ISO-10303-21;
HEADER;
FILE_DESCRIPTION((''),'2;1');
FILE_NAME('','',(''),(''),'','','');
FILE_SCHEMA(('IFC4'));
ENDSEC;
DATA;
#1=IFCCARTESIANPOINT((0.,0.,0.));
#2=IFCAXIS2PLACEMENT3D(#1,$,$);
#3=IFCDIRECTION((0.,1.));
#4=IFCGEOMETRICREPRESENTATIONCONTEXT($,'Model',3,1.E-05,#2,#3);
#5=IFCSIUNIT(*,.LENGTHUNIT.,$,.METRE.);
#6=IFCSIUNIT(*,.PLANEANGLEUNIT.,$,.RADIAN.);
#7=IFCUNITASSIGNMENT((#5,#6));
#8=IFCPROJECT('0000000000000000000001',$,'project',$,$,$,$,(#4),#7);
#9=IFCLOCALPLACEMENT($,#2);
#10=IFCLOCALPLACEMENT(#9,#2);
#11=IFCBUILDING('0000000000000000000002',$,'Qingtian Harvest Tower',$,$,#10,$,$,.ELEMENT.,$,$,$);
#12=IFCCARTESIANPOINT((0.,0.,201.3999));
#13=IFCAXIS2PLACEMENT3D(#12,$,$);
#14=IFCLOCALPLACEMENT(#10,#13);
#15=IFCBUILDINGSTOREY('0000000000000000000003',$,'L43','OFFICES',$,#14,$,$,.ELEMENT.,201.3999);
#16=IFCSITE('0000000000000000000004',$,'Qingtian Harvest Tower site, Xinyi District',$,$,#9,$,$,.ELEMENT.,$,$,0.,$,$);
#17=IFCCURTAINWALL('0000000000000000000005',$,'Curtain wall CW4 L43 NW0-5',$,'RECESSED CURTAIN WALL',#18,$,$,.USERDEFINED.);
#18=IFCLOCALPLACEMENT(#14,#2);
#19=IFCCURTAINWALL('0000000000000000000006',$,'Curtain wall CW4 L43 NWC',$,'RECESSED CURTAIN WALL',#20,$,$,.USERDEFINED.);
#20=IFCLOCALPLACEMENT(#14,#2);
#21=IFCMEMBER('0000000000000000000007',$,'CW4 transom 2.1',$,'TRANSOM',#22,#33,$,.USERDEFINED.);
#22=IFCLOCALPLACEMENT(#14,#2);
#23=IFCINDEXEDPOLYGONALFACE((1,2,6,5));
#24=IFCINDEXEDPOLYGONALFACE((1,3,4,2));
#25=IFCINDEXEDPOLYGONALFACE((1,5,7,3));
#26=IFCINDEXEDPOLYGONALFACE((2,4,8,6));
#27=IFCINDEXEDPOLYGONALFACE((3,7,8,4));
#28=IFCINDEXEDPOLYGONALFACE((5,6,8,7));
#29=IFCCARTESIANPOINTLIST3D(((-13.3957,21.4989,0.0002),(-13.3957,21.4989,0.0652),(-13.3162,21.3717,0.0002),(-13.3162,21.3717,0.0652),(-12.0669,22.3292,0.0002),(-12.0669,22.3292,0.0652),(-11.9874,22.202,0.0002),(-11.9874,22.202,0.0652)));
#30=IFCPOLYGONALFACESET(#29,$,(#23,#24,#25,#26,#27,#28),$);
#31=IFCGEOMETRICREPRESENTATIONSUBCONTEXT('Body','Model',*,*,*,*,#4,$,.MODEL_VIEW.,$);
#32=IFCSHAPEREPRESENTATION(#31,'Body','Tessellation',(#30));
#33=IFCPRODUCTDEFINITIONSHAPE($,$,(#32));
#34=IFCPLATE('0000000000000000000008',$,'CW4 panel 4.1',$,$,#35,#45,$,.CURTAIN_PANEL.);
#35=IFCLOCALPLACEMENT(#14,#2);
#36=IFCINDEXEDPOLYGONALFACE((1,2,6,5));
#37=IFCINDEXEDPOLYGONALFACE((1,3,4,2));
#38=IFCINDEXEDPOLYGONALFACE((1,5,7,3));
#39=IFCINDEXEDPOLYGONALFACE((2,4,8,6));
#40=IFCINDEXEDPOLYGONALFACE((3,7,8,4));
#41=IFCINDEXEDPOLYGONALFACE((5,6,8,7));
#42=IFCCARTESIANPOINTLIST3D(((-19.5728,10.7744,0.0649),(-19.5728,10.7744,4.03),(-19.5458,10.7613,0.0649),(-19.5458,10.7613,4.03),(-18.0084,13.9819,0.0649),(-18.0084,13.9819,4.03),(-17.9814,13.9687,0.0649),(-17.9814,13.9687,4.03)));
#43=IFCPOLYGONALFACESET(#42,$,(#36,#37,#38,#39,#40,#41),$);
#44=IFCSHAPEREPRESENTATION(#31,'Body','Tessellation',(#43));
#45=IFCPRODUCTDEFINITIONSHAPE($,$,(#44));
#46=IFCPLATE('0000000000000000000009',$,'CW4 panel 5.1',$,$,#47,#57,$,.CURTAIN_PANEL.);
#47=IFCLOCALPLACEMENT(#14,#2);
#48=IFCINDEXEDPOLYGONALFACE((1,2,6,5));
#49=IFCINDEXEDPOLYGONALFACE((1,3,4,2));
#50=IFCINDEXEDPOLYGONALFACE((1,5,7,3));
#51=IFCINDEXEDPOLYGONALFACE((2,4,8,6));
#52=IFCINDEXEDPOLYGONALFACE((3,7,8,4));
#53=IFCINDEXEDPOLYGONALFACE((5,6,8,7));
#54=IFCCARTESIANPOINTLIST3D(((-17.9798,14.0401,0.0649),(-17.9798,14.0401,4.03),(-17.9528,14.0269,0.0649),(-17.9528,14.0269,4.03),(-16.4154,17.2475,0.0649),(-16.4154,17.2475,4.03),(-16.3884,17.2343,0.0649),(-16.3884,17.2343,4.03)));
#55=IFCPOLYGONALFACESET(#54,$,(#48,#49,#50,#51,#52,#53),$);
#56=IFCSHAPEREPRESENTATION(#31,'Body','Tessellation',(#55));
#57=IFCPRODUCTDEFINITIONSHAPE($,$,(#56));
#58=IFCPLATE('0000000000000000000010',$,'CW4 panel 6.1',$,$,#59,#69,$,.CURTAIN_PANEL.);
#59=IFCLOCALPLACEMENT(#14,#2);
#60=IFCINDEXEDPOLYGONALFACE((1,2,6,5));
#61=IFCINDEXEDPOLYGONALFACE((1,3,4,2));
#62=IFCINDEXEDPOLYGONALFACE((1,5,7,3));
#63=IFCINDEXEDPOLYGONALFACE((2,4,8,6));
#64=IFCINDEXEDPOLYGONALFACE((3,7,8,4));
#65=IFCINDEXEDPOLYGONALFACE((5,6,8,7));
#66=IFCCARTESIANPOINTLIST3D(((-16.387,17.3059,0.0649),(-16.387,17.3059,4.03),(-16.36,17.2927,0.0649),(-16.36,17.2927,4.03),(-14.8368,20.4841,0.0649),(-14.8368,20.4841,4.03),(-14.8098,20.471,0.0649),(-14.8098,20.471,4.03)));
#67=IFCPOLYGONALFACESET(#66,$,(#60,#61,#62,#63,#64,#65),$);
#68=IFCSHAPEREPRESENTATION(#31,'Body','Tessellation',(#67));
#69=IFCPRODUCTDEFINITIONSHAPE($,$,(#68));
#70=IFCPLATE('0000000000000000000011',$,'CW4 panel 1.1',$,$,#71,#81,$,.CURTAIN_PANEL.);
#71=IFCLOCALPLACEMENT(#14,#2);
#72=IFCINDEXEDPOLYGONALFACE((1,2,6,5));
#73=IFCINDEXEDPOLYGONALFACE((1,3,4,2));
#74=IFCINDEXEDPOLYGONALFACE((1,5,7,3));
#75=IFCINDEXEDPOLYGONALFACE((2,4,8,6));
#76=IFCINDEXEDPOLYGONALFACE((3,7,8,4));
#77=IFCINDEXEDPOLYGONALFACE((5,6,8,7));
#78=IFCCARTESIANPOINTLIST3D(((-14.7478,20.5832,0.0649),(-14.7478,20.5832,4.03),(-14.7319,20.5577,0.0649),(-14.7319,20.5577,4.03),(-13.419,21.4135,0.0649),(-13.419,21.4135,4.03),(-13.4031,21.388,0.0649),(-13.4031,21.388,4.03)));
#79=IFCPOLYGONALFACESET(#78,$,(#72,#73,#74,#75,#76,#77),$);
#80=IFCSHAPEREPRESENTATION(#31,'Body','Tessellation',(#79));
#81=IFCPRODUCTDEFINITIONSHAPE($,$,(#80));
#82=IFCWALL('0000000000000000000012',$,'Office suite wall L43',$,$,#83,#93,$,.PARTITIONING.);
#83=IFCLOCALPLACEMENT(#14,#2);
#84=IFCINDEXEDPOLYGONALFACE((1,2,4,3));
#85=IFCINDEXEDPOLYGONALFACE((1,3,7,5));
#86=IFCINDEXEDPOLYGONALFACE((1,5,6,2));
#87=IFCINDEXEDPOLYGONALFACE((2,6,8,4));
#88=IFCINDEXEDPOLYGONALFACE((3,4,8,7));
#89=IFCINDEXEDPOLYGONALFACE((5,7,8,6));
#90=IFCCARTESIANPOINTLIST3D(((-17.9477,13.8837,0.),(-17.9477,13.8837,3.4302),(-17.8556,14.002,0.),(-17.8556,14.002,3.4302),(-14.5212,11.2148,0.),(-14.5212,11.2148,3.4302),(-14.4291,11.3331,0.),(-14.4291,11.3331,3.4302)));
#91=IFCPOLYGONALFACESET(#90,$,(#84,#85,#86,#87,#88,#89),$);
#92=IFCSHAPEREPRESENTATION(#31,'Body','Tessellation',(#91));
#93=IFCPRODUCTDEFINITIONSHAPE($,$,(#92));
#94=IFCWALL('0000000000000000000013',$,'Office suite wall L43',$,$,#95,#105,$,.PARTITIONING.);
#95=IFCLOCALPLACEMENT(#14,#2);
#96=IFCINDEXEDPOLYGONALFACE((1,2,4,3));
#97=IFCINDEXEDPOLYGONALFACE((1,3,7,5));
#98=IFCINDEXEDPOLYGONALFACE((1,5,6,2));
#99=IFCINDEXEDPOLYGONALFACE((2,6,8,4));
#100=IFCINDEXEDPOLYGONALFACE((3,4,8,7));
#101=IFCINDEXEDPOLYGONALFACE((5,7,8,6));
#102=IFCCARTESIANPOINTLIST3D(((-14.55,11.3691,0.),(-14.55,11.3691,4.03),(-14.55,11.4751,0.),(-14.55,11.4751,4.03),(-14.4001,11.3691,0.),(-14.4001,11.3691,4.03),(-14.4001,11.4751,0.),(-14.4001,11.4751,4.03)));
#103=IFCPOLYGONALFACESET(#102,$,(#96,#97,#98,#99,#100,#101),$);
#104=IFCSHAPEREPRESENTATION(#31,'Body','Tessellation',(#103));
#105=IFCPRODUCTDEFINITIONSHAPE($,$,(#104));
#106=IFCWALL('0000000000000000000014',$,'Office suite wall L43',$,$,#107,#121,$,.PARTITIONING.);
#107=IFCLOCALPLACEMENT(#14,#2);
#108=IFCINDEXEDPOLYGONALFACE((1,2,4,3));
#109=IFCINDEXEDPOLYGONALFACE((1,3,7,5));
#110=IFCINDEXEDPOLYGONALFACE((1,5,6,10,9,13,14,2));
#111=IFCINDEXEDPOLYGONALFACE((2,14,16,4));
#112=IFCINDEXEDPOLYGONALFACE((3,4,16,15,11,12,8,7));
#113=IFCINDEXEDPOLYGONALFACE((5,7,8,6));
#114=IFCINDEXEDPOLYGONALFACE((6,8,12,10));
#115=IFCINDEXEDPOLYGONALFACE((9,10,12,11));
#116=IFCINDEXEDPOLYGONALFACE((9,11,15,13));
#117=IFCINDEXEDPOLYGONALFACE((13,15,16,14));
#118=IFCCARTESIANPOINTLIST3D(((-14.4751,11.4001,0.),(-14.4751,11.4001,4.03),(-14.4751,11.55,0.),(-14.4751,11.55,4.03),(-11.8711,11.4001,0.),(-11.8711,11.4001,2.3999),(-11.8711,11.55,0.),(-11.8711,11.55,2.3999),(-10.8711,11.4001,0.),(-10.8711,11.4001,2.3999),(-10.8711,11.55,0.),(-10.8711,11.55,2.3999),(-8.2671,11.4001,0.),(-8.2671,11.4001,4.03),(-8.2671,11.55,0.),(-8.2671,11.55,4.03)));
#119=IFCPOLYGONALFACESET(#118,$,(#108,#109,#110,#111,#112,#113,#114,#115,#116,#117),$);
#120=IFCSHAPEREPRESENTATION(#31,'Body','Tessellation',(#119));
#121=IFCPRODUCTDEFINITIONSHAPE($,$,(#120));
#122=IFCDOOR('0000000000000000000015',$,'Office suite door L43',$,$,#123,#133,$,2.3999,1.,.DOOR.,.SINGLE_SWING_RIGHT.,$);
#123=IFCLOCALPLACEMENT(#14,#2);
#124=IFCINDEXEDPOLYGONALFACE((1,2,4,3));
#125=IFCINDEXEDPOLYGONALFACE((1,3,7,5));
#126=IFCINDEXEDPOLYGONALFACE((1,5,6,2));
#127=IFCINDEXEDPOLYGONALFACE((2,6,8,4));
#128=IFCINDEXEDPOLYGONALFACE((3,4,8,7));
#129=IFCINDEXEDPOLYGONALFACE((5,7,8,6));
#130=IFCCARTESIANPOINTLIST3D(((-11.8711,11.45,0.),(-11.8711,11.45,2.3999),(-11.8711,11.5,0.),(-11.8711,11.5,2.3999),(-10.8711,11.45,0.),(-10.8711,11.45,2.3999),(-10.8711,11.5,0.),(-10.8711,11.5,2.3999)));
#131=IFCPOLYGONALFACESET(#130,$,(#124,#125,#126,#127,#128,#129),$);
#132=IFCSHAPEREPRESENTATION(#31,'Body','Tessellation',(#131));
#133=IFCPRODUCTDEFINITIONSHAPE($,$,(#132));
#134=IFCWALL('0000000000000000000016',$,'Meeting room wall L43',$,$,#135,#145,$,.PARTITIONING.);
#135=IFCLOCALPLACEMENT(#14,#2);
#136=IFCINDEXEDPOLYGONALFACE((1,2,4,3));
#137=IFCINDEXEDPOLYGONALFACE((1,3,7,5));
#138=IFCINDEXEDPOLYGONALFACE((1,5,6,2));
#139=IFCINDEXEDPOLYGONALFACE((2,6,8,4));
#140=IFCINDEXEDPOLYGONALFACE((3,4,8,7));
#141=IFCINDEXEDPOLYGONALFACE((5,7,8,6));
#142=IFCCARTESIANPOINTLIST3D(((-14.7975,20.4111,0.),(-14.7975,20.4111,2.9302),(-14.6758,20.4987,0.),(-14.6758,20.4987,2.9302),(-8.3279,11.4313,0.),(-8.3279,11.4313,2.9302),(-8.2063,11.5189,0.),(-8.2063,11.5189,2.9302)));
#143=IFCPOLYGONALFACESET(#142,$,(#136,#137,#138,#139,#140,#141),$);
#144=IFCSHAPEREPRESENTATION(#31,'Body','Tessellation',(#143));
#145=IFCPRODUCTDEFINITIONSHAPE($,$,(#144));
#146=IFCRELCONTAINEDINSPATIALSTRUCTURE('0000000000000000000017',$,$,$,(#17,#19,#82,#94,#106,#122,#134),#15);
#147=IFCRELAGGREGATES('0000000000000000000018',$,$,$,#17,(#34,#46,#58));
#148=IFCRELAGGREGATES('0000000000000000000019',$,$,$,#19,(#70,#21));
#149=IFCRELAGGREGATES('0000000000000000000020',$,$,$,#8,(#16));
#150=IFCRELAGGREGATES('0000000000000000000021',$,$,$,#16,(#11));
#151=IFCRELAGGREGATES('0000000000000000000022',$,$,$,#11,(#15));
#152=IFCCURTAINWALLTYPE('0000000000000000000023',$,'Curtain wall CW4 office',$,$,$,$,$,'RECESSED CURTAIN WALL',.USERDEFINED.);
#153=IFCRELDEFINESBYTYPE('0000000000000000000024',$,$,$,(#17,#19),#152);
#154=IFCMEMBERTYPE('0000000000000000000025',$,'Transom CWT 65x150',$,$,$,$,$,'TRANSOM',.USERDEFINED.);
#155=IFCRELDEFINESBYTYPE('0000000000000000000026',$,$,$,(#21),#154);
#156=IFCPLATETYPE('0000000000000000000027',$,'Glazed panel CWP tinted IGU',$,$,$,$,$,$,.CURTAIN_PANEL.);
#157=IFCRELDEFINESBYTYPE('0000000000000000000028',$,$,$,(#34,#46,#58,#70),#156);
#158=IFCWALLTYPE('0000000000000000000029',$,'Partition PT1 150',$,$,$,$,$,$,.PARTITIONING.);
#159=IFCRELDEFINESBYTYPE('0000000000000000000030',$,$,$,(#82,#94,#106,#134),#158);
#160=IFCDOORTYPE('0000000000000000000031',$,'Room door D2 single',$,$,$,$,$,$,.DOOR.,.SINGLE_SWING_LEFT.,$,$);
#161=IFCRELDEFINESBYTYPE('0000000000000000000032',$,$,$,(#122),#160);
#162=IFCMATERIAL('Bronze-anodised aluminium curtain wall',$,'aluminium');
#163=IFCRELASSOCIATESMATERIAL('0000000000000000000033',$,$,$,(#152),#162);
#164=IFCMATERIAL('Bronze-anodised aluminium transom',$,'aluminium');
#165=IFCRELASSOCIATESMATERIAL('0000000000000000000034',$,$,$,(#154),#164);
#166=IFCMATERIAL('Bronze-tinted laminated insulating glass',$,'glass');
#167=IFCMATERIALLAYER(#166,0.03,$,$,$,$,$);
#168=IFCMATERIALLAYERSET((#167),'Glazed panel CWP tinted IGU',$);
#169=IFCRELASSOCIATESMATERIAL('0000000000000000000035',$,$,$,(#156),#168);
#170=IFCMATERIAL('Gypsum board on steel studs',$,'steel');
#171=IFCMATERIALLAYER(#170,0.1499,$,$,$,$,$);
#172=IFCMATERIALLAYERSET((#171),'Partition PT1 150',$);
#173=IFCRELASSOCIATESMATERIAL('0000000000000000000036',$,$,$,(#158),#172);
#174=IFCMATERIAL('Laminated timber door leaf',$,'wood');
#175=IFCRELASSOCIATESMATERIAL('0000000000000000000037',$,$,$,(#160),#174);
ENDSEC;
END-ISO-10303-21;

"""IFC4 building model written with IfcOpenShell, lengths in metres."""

from ifc_helpers import new_model, si_unit, direction, frame, frame_2d, origin, origin_2d, place, context, subcontext, project, spatial, rectangle, extrude, material, layer, layer_set, material_profile, profile_set, type_object, element, fill, aggregate, save


model = new_model("IFC4")

# Units and contexts
model_context = context("Model", 3, precision=1e-05, world=origin(), true_north=direction((0.0, 1.0)))
body_context = subcontext(model_context, "Body", "Model", "MODEL_VIEW")
ifc_project = project(units=[si_unit("LENGTHUNIT", "METRE"), si_unit("PLANEANGLEUNIT", "RADIAN")], contexts=[model_context])

# Site, building, storey
site_placement = place(None, origin())
site = spatial("IfcSite", under=ifc_project, at=site_placement, Name="Qingtian Harvest Tower site, Xinyi District", CompositionType="ELEMENT", RefElevation=0.0)
building_placement = place(site_placement, origin())
building = spatial("IfcBuilding", under=site, at=building_placement, Name="Qingtian Harvest Tower", CompositionType="ELEMENT")
storey_placement = place(building_placement, frame((0.0, 0.0, 201.3999)))
storey = spatial("IfcBuildingStorey", under=building, at=storey_placement, Name="L43", Description="OFFICES", CompositionType="ELEMENT", Elevation=201.3999)

# Curtain walls
ifc_material_1 = material(Name="Bronze-anodised aluminium curtain wall", Category="aluminium")
curtain_wall_type = type_object("IfcCurtainWallType", Name="Curtain wall CW4 office", ElementType="RECESSED CURTAIN WALL", PredefinedType="USERDEFINED", material=ifc_material_1)
curtain_wall_1_placement = place(storey_placement, origin())
curtain_wall_1 = element("IfcCurtainWall", 1, at=curtain_wall_1_placement, inside=storey, type_object=curtain_wall_type, Name="Curtain wall CW4 L43 NW0-5", ObjectType="RECESSED CURTAIN WALL", PredefinedType="USERDEFINED")
curtain_wall_2_placement = place(storey_placement, origin())
curtain_wall_2 = element("IfcCurtainWall", 2, at=curtain_wall_2_placement, inside=storey, type_object=curtain_wall_type, Name="Curtain wall CW4 L43 NWC", ObjectType="RECESSED CURTAIN WALL", PredefinedType="USERDEFINED")

# Member
ifc_material_2 = material(Name="Bronze-anodised aluminium transom", Category="aluminium")
ifc_material_profile_1 = material_profile(ifc_material_2, rectangle(XDim=0.1499, YDim=0.0649, at=origin_2d()), Name="AL 65x150")
ifc_profile_set_1 = profile_set([ifc_material_profile_1], Name="Bronze-anodised aluminium transom")
member_type_1 = type_object("IfcMemberType", Name="Transom CWT 65x150", ElementType="TRANSOM", PredefinedType="USERDEFINED", material=ifc_profile_set_1)
member_1_placement = place(storey_placement, frame((-13.356, 21.4353, 0.0327), z_axis=(0.84806, 0.529901, 0.0), x_axis=(-0.529901, 0.84806, 0.0)))
member_1 = element("IfcMember", 3, at=member_1_placement, type_object=member_type_1, Name="CW4 transom 2.1", ObjectType="TRANSOM", PredefinedType="USERDEFINED", context=body_context, shape_type="SweptSolid", body=[
    extrude(rectangle(XDim=0.1499, YDim=0.0649, at=origin_2d()), origin(), (0.0, 0.0, 1.0), 1.5669),
])

# Plates
ifc_material_3 = material(Name="Bronze-tinted laminated insulating glass", Category="glass")
ifc_layer_1 = layer(ifc_material_3, 0.03)
ifc_layer_set_1 = layer_set([ifc_layer_1], Name="Glazed panel CWP tinted IGU")
plate_type = type_object("IfcPlateType", Name="Glazed panel CWP tinted IGU", PredefinedType="CURTAIN_PANEL", material=ifc_layer_set_1)
plate_1_placement = place(storey_placement, frame((-18.7771, 12.3716, 0.0649), z_axis=(0.0, 0.0, 1.0), x_axis=(0.438371, 0.898794, 0.0)))
plate_1 = element("IfcPlate", 4, at=plate_1_placement, type_object=plate_type, Name="CW4 panel 4.1", PredefinedType="CURTAIN_PANEL", context=body_context, shape_type="SweptSolid", body=[
    extrude(rectangle(XDim=3.5686, YDim=0.03, at=origin_2d()), origin(), (0.0, 0.0, 1.0), 3.9651),
])
plate_2_placement = place(storey_placement, frame((-17.1841, 15.6372, 0.0649), z_axis=(0.0, 0.0, 1.0), x_axis=(0.438371, 0.898794, 0.0)))
plate_2 = element("IfcPlate", 5, at=plate_2_placement, type_object=plate_type, Name="CW4 panel 5.1", PredefinedType="CURTAIN_PANEL", context=body_context, shape_type="SweptSolid", body=[
    extrude(rectangle(XDim=3.5686, YDim=0.03, at=origin_2d()), origin(), (0.0, 0.0, 1.0), 3.9651),
])
plate_3_placement = place(storey_placement, frame((-15.5984, 18.8884, 0.0649), z_axis=(0.0, 0.0, 1.0), x_axis=(0.438371, 0.898794, 0.0)))
plate_3 = element("IfcPlate", 6, at=plate_3_placement, type_object=plate_type, Name="CW4 panel 6.1", PredefinedType="CURTAIN_PANEL", context=body_context, shape_type="SweptSolid", body=[
    extrude(rectangle(XDim=3.5361, YDim=0.03, at=origin_2d()), origin(), (0.0, 0.0, 1.0), 3.9651),
])
aggregate(curtain_wall_1, [plate_1, plate_2, plate_3])
plate_4_placement = place(storey_placement, frame((-14.0754, 20.9856, 0.0649), z_axis=(0.0, 0.0, 1.0), x_axis=(0.848048, 0.529919, 0.0)))
plate_4 = element("IfcPlate", 7, at=plate_4_placement, type_object=plate_type, Name="CW4 panel 1.1", PredefinedType="CURTAIN_PANEL", context=body_context, shape_type="SweptSolid", body=[
    extrude(rectangle(XDim=1.5669, YDim=0.03, at=origin_2d()), origin(), (0.0, 0.0, 1.0), 3.9651),
])
aggregate(curtain_wall_2, [plate_4, member_1])

# Walls
ifc_material_4 = material(Name="Gypsum board on steel studs", Category="steel")
ifc_layer_2 = layer(ifc_material_4, 0.1499)
ifc_layer_set_2 = layer_set([ifc_layer_2], Name="Partition PT1 150")
wall_type = type_object("IfcWallType", Name="Partition PT1 150", PredefinedType="PARTITIONING", material=ifc_layer_set_2)
wall_1_placement = place(storey_placement, frame((-17.9016, 13.9429, 0.0), z_axis=(0.0, 0.0, 1.0), x_axis=(0.788919, -0.614497, 0.0)))
element("IfcWall", 8, at=wall_1_placement, inside=storey, type_object=wall_type, Name="Office suite wall L43", PredefinedType="PARTITIONING", context=body_context, shape_type="SweptSolid", body=[
    extrude(rectangle(XDim=4.3433, YDim=0.1499, at=frame_2d((2.1716, 0.0))), origin(), (0.0, 0.0, 1.0), 3.4302),
])
wall_2_placement = place(storey_placement, frame((-14.4751, 11.3691, 0.0), z_axis=(0.0, 0.0, 1.0), x_axis=(0.0, 1.0, 0.0)))
element("IfcWall", 9, at=wall_2_placement, inside=storey, type_object=wall_type, Name="Office suite wall L43", PredefinedType="PARTITIONING", context=body_context, shape_type="SweptSolid", body=[
    extrude(rectangle(XDim=0.106, YDim=0.1499, at=frame_2d((0.053, 0.0))), origin(), (0.0, 0.0, 1.0), 4.03),
])

# Wall, opening, door
wall_3_placement = place(storey_placement, frame((-14.4751, 11.4751, 0.0), z_axis=(0.0, 0.0, 1.0), x_axis=(1.0, 0.0, 0.0)))
wall_3 = element("IfcWall", 10, at=wall_3_placement, inside=storey, type_object=wall_type, Name="Office suite wall L43", PredefinedType="PARTITIONING", context=body_context, shape_type="SweptSolid", body=[
    extrude(rectangle(XDim=6.208, YDim=0.1499, at=frame_2d((3.104, 0.0))), origin(), (0.0, 0.0, 1.0), 4.03),
])
opening_placement = place(wall_3_placement, frame((2.604, 0.0, 0.0)))
opening = element("IfcOpeningElement", 11, at=opening_placement, cuts=wall_3, PredefinedType="OPENING", context=body_context, shape_type="SweptSolid", body=[
    extrude(rectangle(XDim=1.0, YDim=2.3999, at=frame_2d((0.5, 1.2))), frame((0.0, 0.085, 0.0), z_axis=(0.0, -1.0, 0.0), x_axis=(1.0, 0.0, 0.0)), (0.0, 0.0, 1.0), 0.1699),
])
ifc_material_5 = material(Name="Laminated timber door leaf", Category="wood")
door_type = type_object("IfcDoorType", Name="Room door D2 single", OperationType="SINGLE_SWING_LEFT", PredefinedType="DOOR", material=ifc_material_5)
door_placement = place(opening_placement, origin())
door = element("IfcDoor", 12, at=door_placement, inside=storey, type_object=door_type, Name="Office suite door L43", OperationType="SINGLE_SWING_RIGHT", OverallHeight=2.3999, OverallWidth=1.0, PredefinedType="DOOR", context=body_context, shape_type="SweptSolid", body=[
    extrude(rectangle(XDim=1.0, YDim=2.3999, at=frame_2d((0.5, 1.2))), frame((0.0, 0.0249, 0.0), z_axis=(0.0, -1.0, 0.0), x_axis=(1.0, 0.0, 0.0)), (0.0, 0.0, 1.0), 0.05),
])
fill(opening, door)

# Wall
wall_4_placement = place(storey_placement, frame((-14.7366, 20.4548, 0.0), z_axis=(0.0, 0.0, 1.0), x_axis=(0.584547, -0.81136, 0.0)))
element("IfcWall", 13, at=wall_4_placement, inside=storey, type_object=wall_type, Name="Meeting room wall L43", PredefinedType="PARTITIONING", context=body_context, shape_type="SweptSolid", body=[
    extrude(rectangle(XDim=11.0676, YDim=0.1499, at=frame_2d((5.5337, 0.0))), origin(), (0.0, 0.0, 1.0), 2.9302),
])

save(model, "model.ifc")
